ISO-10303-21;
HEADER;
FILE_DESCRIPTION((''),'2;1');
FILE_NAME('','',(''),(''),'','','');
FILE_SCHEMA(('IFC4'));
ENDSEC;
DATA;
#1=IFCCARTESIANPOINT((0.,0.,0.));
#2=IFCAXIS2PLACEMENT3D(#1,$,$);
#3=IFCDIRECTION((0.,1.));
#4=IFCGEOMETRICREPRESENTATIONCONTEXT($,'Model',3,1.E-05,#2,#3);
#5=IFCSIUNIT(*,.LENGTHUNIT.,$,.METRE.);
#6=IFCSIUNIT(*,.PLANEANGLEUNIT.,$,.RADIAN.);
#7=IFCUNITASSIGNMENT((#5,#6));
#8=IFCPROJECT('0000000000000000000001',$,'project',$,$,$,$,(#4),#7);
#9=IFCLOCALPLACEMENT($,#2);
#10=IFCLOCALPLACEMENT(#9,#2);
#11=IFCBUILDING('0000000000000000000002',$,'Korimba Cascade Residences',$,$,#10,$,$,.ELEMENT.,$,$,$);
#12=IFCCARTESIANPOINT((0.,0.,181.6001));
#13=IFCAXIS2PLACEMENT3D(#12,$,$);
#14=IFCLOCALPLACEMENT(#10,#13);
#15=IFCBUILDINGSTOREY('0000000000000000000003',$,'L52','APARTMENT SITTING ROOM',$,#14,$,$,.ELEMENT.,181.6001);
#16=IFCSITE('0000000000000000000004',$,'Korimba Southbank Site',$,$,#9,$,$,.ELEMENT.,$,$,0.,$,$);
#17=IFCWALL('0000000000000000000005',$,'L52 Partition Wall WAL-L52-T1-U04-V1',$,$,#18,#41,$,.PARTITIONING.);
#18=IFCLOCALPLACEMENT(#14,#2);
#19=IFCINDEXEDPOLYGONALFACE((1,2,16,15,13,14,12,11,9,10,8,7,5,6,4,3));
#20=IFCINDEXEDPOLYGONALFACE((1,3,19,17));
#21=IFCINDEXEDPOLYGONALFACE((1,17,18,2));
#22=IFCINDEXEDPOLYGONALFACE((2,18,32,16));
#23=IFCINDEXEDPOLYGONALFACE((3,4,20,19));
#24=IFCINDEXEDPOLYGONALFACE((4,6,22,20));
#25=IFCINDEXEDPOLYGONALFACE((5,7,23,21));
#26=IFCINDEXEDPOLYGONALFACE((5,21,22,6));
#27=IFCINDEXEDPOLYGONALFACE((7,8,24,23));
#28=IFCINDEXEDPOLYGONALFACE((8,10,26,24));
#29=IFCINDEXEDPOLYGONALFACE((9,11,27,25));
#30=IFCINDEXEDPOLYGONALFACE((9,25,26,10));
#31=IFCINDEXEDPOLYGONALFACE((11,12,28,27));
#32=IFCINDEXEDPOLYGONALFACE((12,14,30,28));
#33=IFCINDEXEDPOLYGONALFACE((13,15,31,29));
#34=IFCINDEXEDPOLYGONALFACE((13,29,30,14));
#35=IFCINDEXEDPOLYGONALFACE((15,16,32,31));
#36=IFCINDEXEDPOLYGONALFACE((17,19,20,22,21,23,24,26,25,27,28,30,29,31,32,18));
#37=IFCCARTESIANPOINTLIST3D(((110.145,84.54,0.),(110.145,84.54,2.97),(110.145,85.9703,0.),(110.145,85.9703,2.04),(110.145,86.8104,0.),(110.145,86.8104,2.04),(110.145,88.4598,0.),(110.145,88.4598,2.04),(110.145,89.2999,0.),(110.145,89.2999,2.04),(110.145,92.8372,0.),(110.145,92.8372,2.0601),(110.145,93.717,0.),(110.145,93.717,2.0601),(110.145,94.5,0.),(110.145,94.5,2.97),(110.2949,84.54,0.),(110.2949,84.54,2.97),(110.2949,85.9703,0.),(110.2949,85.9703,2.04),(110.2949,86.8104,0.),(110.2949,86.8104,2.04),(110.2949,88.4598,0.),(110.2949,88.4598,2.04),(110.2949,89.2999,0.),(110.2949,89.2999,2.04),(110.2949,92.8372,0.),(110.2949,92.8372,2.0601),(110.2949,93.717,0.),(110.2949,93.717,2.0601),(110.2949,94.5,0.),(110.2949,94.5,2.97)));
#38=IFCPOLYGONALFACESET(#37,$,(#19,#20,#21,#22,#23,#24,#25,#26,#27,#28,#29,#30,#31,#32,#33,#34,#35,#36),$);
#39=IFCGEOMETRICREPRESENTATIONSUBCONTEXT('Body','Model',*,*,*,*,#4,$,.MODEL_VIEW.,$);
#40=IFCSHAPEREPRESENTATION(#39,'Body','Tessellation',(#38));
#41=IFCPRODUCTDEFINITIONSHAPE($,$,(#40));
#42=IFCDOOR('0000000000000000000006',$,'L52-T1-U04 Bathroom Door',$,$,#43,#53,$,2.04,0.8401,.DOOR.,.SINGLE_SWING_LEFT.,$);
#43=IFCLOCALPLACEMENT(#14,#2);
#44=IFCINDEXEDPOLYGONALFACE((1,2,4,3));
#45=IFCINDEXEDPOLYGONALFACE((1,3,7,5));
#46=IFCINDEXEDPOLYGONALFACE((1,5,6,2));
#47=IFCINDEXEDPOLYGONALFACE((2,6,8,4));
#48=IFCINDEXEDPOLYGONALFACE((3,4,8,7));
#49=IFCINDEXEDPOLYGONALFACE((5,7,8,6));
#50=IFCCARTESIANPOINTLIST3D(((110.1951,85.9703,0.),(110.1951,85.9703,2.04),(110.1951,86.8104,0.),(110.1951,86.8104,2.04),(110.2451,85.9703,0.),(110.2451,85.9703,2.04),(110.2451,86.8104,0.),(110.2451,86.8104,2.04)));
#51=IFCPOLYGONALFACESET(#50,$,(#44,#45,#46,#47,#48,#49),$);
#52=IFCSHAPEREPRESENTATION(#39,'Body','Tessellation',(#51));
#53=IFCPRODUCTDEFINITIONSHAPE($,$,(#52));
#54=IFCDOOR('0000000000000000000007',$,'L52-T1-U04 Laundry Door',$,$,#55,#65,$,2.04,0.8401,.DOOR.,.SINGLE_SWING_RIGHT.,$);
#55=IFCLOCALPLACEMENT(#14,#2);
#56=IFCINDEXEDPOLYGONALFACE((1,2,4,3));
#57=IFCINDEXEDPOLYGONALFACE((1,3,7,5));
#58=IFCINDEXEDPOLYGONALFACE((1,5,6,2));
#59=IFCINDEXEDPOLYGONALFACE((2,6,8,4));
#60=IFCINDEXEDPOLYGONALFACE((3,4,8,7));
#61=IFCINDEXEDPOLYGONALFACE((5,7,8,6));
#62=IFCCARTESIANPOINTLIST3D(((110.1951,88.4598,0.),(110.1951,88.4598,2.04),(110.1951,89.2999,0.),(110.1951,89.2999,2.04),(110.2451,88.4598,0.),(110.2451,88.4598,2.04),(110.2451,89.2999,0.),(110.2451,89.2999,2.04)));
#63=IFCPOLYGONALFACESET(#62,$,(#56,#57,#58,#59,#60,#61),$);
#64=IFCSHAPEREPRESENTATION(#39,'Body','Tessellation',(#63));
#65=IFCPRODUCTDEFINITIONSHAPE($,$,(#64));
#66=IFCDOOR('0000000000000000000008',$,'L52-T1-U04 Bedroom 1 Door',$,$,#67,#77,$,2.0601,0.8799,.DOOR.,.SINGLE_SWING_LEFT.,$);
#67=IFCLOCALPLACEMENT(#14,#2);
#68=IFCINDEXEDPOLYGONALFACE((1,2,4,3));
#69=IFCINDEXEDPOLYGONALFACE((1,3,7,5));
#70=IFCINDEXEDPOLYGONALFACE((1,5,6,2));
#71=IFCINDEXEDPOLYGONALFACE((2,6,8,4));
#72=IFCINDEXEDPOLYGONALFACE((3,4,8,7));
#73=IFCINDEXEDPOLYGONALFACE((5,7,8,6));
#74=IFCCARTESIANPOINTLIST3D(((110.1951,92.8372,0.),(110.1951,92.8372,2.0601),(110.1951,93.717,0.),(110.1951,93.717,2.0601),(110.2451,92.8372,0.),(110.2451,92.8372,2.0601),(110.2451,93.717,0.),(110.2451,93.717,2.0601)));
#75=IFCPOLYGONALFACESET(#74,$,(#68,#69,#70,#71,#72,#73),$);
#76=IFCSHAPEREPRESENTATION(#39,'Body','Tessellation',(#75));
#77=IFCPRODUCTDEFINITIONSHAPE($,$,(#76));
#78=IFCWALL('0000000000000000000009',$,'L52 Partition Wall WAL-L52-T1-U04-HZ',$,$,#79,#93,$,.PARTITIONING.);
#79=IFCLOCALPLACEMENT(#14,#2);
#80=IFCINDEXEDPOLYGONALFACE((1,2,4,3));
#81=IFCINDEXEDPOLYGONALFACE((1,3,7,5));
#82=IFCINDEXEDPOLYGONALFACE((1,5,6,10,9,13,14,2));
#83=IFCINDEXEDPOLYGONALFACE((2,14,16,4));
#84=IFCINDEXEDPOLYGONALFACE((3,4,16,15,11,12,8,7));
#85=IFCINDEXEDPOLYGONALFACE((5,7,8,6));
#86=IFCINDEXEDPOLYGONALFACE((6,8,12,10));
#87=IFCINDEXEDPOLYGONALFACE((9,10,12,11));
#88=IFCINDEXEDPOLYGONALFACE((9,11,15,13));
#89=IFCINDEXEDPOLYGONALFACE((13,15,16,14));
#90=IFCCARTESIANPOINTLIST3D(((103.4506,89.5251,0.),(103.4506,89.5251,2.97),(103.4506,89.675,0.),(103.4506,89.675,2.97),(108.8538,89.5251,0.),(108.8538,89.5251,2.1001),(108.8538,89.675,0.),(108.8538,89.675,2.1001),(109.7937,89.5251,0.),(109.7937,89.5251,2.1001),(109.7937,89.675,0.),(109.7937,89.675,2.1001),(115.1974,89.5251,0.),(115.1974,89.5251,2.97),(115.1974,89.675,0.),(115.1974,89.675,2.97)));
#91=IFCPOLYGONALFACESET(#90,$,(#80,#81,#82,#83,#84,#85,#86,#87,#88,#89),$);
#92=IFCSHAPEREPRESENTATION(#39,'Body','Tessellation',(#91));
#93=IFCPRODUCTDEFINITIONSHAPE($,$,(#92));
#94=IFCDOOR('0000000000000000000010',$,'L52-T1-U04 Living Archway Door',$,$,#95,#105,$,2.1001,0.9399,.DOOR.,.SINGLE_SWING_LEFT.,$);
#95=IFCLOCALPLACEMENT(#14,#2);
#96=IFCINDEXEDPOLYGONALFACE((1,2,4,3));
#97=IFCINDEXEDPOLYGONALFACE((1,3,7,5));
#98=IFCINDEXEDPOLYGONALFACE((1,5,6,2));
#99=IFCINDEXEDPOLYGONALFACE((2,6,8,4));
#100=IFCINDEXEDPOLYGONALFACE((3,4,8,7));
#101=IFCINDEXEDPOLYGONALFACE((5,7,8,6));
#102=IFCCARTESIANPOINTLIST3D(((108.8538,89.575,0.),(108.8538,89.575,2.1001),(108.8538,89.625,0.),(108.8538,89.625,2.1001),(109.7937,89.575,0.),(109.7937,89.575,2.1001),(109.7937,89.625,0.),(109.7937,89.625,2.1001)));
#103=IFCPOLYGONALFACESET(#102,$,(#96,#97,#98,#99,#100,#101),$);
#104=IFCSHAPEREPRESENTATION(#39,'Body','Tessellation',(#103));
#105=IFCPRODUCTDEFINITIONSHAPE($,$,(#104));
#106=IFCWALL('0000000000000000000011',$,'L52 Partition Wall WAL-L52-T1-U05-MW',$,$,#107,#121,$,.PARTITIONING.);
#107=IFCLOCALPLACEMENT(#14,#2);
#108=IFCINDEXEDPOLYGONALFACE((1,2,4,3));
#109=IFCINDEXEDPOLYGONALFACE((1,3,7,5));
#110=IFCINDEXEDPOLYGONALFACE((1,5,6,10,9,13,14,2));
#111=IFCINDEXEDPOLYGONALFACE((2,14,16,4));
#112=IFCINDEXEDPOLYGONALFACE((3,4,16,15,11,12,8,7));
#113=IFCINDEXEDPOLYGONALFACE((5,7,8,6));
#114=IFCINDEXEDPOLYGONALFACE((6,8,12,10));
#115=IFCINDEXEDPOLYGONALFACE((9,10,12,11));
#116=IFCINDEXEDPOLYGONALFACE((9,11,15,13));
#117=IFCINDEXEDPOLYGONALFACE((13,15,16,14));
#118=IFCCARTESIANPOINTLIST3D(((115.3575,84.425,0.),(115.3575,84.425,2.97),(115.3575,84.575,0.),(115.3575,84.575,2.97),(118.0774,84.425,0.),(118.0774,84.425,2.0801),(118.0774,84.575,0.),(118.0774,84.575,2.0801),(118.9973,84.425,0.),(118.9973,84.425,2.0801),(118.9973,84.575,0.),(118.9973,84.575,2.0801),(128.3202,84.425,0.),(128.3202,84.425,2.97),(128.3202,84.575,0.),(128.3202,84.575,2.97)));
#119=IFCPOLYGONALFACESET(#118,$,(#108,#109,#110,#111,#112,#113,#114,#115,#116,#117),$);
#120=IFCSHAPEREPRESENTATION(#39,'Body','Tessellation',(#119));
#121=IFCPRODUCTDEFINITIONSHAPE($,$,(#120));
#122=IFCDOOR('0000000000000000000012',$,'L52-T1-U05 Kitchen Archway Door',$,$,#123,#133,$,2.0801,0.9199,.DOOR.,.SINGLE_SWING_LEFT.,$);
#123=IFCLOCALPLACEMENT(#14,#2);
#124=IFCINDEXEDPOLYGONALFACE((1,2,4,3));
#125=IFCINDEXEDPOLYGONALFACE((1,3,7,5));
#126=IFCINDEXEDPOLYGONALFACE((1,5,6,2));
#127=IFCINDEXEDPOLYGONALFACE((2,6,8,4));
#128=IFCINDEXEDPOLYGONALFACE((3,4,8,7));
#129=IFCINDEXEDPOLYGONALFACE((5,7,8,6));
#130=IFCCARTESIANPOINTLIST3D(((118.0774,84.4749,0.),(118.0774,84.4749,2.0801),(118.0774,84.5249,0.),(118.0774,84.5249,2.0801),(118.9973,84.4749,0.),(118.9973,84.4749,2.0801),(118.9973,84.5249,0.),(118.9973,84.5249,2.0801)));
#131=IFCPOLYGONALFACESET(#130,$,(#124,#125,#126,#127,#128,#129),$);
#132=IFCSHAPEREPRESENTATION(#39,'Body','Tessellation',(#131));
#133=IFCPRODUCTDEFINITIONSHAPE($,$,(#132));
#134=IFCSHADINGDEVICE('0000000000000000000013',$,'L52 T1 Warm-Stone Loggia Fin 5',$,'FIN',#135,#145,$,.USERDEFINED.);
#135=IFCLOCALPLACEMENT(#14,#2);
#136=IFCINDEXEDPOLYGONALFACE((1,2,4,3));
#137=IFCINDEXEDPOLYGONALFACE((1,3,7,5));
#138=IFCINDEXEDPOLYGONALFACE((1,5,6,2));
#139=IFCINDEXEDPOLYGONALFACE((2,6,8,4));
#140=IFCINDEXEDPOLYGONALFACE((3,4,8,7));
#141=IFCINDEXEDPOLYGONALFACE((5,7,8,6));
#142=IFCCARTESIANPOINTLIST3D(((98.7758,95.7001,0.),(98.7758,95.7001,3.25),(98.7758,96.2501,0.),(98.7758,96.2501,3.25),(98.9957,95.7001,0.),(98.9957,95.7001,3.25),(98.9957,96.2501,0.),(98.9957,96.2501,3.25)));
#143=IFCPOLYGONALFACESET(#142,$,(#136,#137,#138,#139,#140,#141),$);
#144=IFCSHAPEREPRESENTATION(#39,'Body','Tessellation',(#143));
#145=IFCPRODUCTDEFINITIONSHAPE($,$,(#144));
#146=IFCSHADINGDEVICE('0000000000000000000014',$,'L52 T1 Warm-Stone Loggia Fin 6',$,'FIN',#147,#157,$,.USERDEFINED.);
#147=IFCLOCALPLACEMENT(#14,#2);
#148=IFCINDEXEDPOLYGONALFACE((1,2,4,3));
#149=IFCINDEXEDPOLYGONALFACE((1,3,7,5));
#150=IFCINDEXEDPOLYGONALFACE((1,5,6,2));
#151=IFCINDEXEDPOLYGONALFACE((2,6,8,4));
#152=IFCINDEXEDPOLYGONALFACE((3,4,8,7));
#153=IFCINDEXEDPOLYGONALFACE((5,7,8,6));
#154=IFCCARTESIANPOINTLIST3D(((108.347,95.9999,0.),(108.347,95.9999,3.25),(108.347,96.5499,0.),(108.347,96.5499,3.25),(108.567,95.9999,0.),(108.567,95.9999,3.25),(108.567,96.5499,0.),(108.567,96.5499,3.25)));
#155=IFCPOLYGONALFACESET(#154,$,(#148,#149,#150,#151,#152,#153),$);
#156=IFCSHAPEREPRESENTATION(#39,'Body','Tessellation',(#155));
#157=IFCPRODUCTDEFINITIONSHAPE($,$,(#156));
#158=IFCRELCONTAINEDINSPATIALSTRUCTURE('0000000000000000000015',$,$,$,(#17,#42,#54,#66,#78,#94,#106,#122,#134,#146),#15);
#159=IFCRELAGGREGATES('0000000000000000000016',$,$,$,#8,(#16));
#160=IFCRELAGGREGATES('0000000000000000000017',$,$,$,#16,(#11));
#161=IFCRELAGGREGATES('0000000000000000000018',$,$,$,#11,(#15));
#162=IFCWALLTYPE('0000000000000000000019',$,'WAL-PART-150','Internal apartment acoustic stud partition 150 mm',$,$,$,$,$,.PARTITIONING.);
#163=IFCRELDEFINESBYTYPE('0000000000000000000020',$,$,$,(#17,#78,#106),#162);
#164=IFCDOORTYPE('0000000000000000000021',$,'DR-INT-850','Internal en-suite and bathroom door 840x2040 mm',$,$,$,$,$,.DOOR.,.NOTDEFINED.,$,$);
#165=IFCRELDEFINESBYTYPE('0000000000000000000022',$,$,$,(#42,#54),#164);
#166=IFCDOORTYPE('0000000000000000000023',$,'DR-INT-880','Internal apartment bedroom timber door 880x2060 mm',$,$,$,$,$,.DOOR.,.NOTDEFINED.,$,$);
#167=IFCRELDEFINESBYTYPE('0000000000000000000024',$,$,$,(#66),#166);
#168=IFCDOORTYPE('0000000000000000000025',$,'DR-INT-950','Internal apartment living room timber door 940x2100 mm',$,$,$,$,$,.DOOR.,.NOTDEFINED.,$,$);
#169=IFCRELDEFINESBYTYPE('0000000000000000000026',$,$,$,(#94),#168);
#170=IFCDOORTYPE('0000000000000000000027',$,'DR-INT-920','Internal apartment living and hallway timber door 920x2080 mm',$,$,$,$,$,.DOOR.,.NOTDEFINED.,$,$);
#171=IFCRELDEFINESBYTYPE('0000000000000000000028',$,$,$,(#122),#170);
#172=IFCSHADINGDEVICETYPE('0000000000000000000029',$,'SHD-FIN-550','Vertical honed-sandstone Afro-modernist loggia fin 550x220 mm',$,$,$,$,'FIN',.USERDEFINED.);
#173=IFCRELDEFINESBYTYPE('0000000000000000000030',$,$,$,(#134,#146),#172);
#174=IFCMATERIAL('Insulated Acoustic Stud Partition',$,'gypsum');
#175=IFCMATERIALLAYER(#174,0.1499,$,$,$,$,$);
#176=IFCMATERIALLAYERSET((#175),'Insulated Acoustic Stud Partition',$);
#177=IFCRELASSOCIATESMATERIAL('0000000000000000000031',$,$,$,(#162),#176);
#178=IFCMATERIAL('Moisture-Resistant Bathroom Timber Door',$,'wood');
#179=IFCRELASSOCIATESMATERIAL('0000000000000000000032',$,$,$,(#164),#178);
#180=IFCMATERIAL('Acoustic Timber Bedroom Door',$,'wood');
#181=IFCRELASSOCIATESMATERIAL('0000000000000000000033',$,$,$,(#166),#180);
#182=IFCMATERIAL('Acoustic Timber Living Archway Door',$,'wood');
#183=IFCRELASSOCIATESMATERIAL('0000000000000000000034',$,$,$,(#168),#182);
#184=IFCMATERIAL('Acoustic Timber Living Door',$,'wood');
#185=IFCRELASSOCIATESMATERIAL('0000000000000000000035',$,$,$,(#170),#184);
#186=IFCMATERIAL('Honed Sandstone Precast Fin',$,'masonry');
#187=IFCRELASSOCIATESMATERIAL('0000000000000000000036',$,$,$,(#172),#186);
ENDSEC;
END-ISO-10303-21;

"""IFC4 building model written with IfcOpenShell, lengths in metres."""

from ifc_helpers import new_model, si_unit, direction, frame, frame_2d, origin, origin_2d, place, context, subcontext, project, spatial, rectangle, extrude, material, layer, layer_set, type_object, element, fill, save


model = new_model("IFC4")

# Units and contexts
model_context = context("Model", 3, precision=1e-05, world=origin(), true_north=direction((0.0, 1.0)))
body_context = subcontext(model_context, "Body", "Model", "MODEL_VIEW")
ifc_project = project(units=[si_unit("LENGTHUNIT", "METRE"), si_unit("PLANEANGLEUNIT", "RADIAN")], contexts=[model_context])

# Site, building, storey
site_placement = place(None, origin())
site = spatial("IfcSite", under=ifc_project, at=site_placement, Name="Korimba Southbank Site", CompositionType="ELEMENT", RefElevation=0.0)
building_placement = place(site_placement, origin())
building = spatial("IfcBuilding", under=site, at=building_placement, Name="Korimba Cascade Residences", CompositionType="ELEMENT")
storey_placement = place(building_placement, frame((0.0, 0.0, 181.6001)))
storey = spatial("IfcBuildingStorey", under=building, at=storey_placement, Name="L52", Description="APARTMENT SITTING ROOM", CompositionType="ELEMENT", Elevation=181.6001)

# Shared definitions
ifc_material_1 = material(Name="Insulated Acoustic Stud Partition", Category="gypsum")
ifc_layer = layer(ifc_material_1, 0.1499)
ifc_layer_set = layer_set([ifc_layer], Name="Insulated Acoustic Stud Partition")
wall_type = type_object("IfcWallType", Name="WAL-PART-150", Description="Internal apartment acoustic stud partition 150 mm", PredefinedType="PARTITIONING", material=ifc_layer_set)
ifc_material_2 = material(Name="Moisture-Resistant Bathroom Timber Door", Category="wood")
door_type_1 = type_object("IfcDoorType", Name="DR-INT-850", Description="Internal en-suite and bathroom door 840x2040 mm", OperationType="NOTDEFINED", PredefinedType="DOOR", material=ifc_material_2)

# Wall, openings, doors
wall_1_placement = place(storey_placement, frame((110.22, 84.54, 0.0), z_axis=(0.0, 0.0, 1.0), x_axis=(0.0, 1.0, 0.0)))
wall_1 = element("IfcWall", 1, at=wall_1_placement, inside=storey, type_object=wall_type, Name="L52 Partition Wall WAL-L52-T1-U04-V1", PredefinedType="PARTITIONING", context=body_context, shape_type="SweptSolid", body=[
    extrude(rectangle(XDim=9.96, YDim=0.1499, at=frame_2d((4.98, 0.0))), origin(), (0.0, 0.0, 1.0), 2.97),
])
opening_1_placement = place(wall_1_placement, frame((1.4304, 0.0, 0.0)))
opening_1 = element("IfcOpeningElement", 2, at=opening_1_placement, cuts=wall_1, PredefinedType="OPENING", context=body_context, shape_type="SweptSolid", body=[
    extrude(rectangle(XDim=0.8401, YDim=2.04, at=frame_2d((0.4199, 1.02))), frame((0.0, 0.085, 0.0), z_axis=(0.0, -1.0, 0.0), x_axis=(1.0, 0.0, 0.0)), (0.0, 0.0, 1.0), 0.1699),
])
opening_2_placement = place(wall_1_placement, frame((3.9199, 0.0, 0.0)))
opening_2 = element("IfcOpeningElement", 3, at=opening_2_placement, cuts=wall_1, PredefinedType="OPENING", context=body_context, shape_type="SweptSolid", body=[
    extrude(rectangle(XDim=0.8401, YDim=2.04, at=frame_2d((0.4199, 1.02))), frame((0.0, 0.085, 0.0), z_axis=(0.0, -1.0, 0.0), x_axis=(1.0, 0.0, 0.0)), (0.0, 0.0, 1.0), 0.1699),
])
opening_3_placement = place(wall_1_placement, frame((8.2971, 0.0, 0.0)))
opening_3 = element("IfcOpeningElement", 4, at=opening_3_placement, cuts=wall_1, PredefinedType="OPENING", context=body_context, shape_type="SweptSolid", body=[
    extrude(rectangle(XDim=0.8799, YDim=2.0601, at=frame_2d((0.4399, 1.03))), frame((0.0, 0.085, 0.0), z_axis=(0.0, -1.0, 0.0), x_axis=(1.0, 0.0, 0.0)), (0.0, 0.0, 1.0), 0.1699),
])
door_1_placement = place(opening_1_placement, origin())
door_1 = element("IfcDoor", 5, at=door_1_placement, inside=storey, type_object=door_type_1, Name="L52-T1-U04 Bathroom Door", OperationType="SINGLE_SWING_LEFT", OverallHeight=2.04, OverallWidth=0.8401, PredefinedType="DOOR", context=body_context, shape_type="SweptSolid", body=[
    extrude(rectangle(XDim=0.8401, YDim=2.04, at=frame_2d((0.4199, 1.02))), frame((0.0, 0.0249, 0.0), z_axis=(0.0, -1.0, 0.0), x_axis=(1.0, 0.0, 0.0)), (0.0, 0.0, 1.0), 0.05),
])
fill(opening_1, door_1)
door_2_placement = place(opening_2_placement, origin())
door_2 = element("IfcDoor", 6, at=door_2_placement, inside=storey, type_object=door_type_1, Name="L52-T1-U04 Laundry Door", OperationType="SINGLE_SWING_RIGHT", OverallHeight=2.04, OverallWidth=0.8401, PredefinedType="DOOR", context=body_context, shape_type="SweptSolid", body=[
    extrude(rectangle(XDim=0.8401, YDim=2.04, at=frame_2d((0.4199, 1.02))), frame((0.0, 0.0249, 0.0), z_axis=(0.0, -1.0, 0.0), x_axis=(1.0, 0.0, 0.0)), (0.0, 0.0, 1.0), 0.05),
])
fill(opening_2, door_2)
ifc_material_3 = material(Name="Acoustic Timber Bedroom Door", Category="wood")
door_type_2 = type_object("IfcDoorType", Name="DR-INT-880", Description="Internal apartment bedroom timber door 880x2060 mm", OperationType="NOTDEFINED", PredefinedType="DOOR", material=ifc_material_3)
door_3_placement = place(opening_3_placement, origin())
door_3 = element("IfcDoor", 7, at=door_3_placement, inside=storey, type_object=door_type_2, Name="L52-T1-U04 Bedroom 1 Door", OperationType="SINGLE_SWING_LEFT", OverallHeight=2.0601, OverallWidth=0.8799, PredefinedType="DOOR", context=body_context, shape_type="SweptSolid", body=[
    extrude(rectangle(XDim=0.8799, YDim=2.0601, at=frame_2d((0.4399, 1.03))), frame((0.0, 0.0249, 0.0), z_axis=(0.0, -1.0, 0.0), x_axis=(1.0, 0.0, 0.0)), (0.0, 0.0, 1.0), 0.05),
])
fill(opening_3, door_3)

# Walls, openings, doors
wall_2_placement = place(storey_placement, frame((103.4504, 89.6001, 0.0), z_axis=(0.0, 0.0, 1.0), x_axis=(1.0, 0.0, 0.0)))
wall_2 = element("IfcWall", 8, at=wall_2_placement, inside=storey, type_object=wall_type, Name="L52 Partition Wall WAL-L52-T1-U04-HZ", PredefinedType="PARTITIONING", context=body_context, shape_type="SweptSolid", body=[
    extrude(rectangle(XDim=11.7468, YDim=0.1499, at=frame_2d((5.8735, 0.0))), origin(), (0.0, 0.0, 1.0), 2.97),
])
opening_4_placement = place(wall_2_placement, frame((5.4033, 0.0, 0.0)))
opening_4 = element("IfcOpeningElement", 9, at=opening_4_placement, cuts=wall_2, PredefinedType="OPENING", context=body_context, shape_type="SweptSolid", body=[
    extrude(rectangle(XDim=0.9399, YDim=2.1001, at=frame_2d((0.47, 1.05))), frame((0.0, 0.085, 0.0), z_axis=(0.0, -1.0, 0.0), x_axis=(1.0, 0.0, 0.0)), (0.0, 0.0, 1.0), 0.1699),
])
ifc_material_4 = material(Name="Acoustic Timber Living Archway Door", Category="wood")
door_type_3 = type_object("IfcDoorType", Name="DR-INT-950", Description="Internal apartment living room timber door 940x2100 mm", OperationType="NOTDEFINED", PredefinedType="DOOR", material=ifc_material_4)
door_4_placement = place(opening_4_placement, origin())
door_4 = element("IfcDoor", 10, at=door_4_placement, inside=storey, type_object=door_type_3, Name="L52-T1-U04 Living Archway Door", OperationType="SINGLE_SWING_LEFT", OverallHeight=2.1001, OverallWidth=0.9399, PredefinedType="DOOR", context=body_context, shape_type="SweptSolid", body=[
    extrude(rectangle(XDim=0.9399, YDim=2.1001, at=frame_2d((0.47, 1.05))), frame((0.0, 0.0249, 0.0), z_axis=(0.0, -1.0, 0.0), x_axis=(1.0, 0.0, 0.0)), (0.0, 0.0, 1.0), 0.05),
])
fill(opening_4, door_4)
wall_3_placement = place(storey_placement, frame((115.3574, 84.5, 0.0), z_axis=(0.0, 0.0, 1.0), x_axis=(1.0, 0.0, 0.0)))
wall_3 = element("IfcWall", 11, at=wall_3_placement, inside=storey, type_object=wall_type, Name="L52 Partition Wall WAL-L52-T1-U05-MW", PredefinedType="PARTITIONING", context=body_context, shape_type="SweptSolid", body=[
    extrude(rectangle(XDim=12.9626, YDim=0.1499, at=frame_2d((6.4814, 0.0))), origin(), (0.0, 0.0, 1.0), 2.97),
])
opening_5_placement = place(wall_3_placement, frame((2.72, 0.0, 0.0)))
opening_5 = element("IfcOpeningElement", 12, at=opening_5_placement, cuts=wall_3, PredefinedType="OPENING", context=body_context, shape_type="SweptSolid", body=[
    extrude(rectangle(XDim=0.9199, YDim=2.0801, at=frame_2d((0.46, 1.04))), frame((0.0, 0.085, 0.0), z_axis=(0.0, -1.0, 0.0), x_axis=(1.0, 0.0, 0.0)), (0.0, 0.0, 1.0), 0.1699),
])
ifc_material_5 = material(Name="Acoustic Timber Living Door", Category="wood")
door_type_4 = type_object("IfcDoorType", Name="DR-INT-920", Description="Internal apartment living and hallway timber door 920x2080 mm", OperationType="NOTDEFINED", PredefinedType="DOOR", material=ifc_material_5)
door_5_placement = place(opening_5_placement, origin())
door_5 = element("IfcDoor", 13, at=door_5_placement, inside=storey, type_object=door_type_4, Name="L52-T1-U05 Kitchen Archway Door", OperationType="SINGLE_SWING_LEFT", OverallHeight=2.0801, OverallWidth=0.9199, PredefinedType="DOOR", context=body_context, shape_type="SweptSolid", body=[
    extrude(rectangle(XDim=0.9199, YDim=2.0801, at=frame_2d((0.46, 1.04))), frame((0.0, 0.0249, 0.0), z_axis=(0.0, -1.0, 0.0), x_axis=(1.0, 0.0, 0.0)), (0.0, 0.0, 1.0), 0.05),
])
fill(opening_5, door_5)

# Shading devices
ifc_material_6 = material(Name="Honed Sandstone Precast Fin", Category="masonry")
shading_device_type = type_object("IfcShadingDeviceType", Name="SHD-FIN-550", Description="Vertical honed-sandstone Afro-modernist loggia fin 550x220 mm", ElementType="FIN", PredefinedType="USERDEFINED", material=ifc_material_6)
for number, where, z_axis, x_axis, name in (
    (14, (98.8857, 95.9751, 0.0), (0.0, 0.0, 1.0), (1.0, 0.0, 0.0), "L52 T1 Warm-Stone Loggia Fin 5"),
    (15, (108.457, 96.2749, 0.0), (0.0, 0.0, 1.0), (1.0, 0.0, 0.0), "L52 T1 Warm-Stone Loggia Fin 6"),
):
    element("IfcShadingDevice", number, at=place(storey_placement, frame(where, z_axis=z_axis, x_axis=x_axis)), inside=storey, type_object=shading_device_type, Name=name, ObjectType="FIN", PredefinedType="USERDEFINED", context=body_context, shape_type="SweptSolid", body=[
        extrude(rectangle(XDim=0.22, YDim=0.55, at=origin_2d()), origin(), (0.0, 0.0, 1.0), 3.25),
    ])

save(model, "model.ifc")
